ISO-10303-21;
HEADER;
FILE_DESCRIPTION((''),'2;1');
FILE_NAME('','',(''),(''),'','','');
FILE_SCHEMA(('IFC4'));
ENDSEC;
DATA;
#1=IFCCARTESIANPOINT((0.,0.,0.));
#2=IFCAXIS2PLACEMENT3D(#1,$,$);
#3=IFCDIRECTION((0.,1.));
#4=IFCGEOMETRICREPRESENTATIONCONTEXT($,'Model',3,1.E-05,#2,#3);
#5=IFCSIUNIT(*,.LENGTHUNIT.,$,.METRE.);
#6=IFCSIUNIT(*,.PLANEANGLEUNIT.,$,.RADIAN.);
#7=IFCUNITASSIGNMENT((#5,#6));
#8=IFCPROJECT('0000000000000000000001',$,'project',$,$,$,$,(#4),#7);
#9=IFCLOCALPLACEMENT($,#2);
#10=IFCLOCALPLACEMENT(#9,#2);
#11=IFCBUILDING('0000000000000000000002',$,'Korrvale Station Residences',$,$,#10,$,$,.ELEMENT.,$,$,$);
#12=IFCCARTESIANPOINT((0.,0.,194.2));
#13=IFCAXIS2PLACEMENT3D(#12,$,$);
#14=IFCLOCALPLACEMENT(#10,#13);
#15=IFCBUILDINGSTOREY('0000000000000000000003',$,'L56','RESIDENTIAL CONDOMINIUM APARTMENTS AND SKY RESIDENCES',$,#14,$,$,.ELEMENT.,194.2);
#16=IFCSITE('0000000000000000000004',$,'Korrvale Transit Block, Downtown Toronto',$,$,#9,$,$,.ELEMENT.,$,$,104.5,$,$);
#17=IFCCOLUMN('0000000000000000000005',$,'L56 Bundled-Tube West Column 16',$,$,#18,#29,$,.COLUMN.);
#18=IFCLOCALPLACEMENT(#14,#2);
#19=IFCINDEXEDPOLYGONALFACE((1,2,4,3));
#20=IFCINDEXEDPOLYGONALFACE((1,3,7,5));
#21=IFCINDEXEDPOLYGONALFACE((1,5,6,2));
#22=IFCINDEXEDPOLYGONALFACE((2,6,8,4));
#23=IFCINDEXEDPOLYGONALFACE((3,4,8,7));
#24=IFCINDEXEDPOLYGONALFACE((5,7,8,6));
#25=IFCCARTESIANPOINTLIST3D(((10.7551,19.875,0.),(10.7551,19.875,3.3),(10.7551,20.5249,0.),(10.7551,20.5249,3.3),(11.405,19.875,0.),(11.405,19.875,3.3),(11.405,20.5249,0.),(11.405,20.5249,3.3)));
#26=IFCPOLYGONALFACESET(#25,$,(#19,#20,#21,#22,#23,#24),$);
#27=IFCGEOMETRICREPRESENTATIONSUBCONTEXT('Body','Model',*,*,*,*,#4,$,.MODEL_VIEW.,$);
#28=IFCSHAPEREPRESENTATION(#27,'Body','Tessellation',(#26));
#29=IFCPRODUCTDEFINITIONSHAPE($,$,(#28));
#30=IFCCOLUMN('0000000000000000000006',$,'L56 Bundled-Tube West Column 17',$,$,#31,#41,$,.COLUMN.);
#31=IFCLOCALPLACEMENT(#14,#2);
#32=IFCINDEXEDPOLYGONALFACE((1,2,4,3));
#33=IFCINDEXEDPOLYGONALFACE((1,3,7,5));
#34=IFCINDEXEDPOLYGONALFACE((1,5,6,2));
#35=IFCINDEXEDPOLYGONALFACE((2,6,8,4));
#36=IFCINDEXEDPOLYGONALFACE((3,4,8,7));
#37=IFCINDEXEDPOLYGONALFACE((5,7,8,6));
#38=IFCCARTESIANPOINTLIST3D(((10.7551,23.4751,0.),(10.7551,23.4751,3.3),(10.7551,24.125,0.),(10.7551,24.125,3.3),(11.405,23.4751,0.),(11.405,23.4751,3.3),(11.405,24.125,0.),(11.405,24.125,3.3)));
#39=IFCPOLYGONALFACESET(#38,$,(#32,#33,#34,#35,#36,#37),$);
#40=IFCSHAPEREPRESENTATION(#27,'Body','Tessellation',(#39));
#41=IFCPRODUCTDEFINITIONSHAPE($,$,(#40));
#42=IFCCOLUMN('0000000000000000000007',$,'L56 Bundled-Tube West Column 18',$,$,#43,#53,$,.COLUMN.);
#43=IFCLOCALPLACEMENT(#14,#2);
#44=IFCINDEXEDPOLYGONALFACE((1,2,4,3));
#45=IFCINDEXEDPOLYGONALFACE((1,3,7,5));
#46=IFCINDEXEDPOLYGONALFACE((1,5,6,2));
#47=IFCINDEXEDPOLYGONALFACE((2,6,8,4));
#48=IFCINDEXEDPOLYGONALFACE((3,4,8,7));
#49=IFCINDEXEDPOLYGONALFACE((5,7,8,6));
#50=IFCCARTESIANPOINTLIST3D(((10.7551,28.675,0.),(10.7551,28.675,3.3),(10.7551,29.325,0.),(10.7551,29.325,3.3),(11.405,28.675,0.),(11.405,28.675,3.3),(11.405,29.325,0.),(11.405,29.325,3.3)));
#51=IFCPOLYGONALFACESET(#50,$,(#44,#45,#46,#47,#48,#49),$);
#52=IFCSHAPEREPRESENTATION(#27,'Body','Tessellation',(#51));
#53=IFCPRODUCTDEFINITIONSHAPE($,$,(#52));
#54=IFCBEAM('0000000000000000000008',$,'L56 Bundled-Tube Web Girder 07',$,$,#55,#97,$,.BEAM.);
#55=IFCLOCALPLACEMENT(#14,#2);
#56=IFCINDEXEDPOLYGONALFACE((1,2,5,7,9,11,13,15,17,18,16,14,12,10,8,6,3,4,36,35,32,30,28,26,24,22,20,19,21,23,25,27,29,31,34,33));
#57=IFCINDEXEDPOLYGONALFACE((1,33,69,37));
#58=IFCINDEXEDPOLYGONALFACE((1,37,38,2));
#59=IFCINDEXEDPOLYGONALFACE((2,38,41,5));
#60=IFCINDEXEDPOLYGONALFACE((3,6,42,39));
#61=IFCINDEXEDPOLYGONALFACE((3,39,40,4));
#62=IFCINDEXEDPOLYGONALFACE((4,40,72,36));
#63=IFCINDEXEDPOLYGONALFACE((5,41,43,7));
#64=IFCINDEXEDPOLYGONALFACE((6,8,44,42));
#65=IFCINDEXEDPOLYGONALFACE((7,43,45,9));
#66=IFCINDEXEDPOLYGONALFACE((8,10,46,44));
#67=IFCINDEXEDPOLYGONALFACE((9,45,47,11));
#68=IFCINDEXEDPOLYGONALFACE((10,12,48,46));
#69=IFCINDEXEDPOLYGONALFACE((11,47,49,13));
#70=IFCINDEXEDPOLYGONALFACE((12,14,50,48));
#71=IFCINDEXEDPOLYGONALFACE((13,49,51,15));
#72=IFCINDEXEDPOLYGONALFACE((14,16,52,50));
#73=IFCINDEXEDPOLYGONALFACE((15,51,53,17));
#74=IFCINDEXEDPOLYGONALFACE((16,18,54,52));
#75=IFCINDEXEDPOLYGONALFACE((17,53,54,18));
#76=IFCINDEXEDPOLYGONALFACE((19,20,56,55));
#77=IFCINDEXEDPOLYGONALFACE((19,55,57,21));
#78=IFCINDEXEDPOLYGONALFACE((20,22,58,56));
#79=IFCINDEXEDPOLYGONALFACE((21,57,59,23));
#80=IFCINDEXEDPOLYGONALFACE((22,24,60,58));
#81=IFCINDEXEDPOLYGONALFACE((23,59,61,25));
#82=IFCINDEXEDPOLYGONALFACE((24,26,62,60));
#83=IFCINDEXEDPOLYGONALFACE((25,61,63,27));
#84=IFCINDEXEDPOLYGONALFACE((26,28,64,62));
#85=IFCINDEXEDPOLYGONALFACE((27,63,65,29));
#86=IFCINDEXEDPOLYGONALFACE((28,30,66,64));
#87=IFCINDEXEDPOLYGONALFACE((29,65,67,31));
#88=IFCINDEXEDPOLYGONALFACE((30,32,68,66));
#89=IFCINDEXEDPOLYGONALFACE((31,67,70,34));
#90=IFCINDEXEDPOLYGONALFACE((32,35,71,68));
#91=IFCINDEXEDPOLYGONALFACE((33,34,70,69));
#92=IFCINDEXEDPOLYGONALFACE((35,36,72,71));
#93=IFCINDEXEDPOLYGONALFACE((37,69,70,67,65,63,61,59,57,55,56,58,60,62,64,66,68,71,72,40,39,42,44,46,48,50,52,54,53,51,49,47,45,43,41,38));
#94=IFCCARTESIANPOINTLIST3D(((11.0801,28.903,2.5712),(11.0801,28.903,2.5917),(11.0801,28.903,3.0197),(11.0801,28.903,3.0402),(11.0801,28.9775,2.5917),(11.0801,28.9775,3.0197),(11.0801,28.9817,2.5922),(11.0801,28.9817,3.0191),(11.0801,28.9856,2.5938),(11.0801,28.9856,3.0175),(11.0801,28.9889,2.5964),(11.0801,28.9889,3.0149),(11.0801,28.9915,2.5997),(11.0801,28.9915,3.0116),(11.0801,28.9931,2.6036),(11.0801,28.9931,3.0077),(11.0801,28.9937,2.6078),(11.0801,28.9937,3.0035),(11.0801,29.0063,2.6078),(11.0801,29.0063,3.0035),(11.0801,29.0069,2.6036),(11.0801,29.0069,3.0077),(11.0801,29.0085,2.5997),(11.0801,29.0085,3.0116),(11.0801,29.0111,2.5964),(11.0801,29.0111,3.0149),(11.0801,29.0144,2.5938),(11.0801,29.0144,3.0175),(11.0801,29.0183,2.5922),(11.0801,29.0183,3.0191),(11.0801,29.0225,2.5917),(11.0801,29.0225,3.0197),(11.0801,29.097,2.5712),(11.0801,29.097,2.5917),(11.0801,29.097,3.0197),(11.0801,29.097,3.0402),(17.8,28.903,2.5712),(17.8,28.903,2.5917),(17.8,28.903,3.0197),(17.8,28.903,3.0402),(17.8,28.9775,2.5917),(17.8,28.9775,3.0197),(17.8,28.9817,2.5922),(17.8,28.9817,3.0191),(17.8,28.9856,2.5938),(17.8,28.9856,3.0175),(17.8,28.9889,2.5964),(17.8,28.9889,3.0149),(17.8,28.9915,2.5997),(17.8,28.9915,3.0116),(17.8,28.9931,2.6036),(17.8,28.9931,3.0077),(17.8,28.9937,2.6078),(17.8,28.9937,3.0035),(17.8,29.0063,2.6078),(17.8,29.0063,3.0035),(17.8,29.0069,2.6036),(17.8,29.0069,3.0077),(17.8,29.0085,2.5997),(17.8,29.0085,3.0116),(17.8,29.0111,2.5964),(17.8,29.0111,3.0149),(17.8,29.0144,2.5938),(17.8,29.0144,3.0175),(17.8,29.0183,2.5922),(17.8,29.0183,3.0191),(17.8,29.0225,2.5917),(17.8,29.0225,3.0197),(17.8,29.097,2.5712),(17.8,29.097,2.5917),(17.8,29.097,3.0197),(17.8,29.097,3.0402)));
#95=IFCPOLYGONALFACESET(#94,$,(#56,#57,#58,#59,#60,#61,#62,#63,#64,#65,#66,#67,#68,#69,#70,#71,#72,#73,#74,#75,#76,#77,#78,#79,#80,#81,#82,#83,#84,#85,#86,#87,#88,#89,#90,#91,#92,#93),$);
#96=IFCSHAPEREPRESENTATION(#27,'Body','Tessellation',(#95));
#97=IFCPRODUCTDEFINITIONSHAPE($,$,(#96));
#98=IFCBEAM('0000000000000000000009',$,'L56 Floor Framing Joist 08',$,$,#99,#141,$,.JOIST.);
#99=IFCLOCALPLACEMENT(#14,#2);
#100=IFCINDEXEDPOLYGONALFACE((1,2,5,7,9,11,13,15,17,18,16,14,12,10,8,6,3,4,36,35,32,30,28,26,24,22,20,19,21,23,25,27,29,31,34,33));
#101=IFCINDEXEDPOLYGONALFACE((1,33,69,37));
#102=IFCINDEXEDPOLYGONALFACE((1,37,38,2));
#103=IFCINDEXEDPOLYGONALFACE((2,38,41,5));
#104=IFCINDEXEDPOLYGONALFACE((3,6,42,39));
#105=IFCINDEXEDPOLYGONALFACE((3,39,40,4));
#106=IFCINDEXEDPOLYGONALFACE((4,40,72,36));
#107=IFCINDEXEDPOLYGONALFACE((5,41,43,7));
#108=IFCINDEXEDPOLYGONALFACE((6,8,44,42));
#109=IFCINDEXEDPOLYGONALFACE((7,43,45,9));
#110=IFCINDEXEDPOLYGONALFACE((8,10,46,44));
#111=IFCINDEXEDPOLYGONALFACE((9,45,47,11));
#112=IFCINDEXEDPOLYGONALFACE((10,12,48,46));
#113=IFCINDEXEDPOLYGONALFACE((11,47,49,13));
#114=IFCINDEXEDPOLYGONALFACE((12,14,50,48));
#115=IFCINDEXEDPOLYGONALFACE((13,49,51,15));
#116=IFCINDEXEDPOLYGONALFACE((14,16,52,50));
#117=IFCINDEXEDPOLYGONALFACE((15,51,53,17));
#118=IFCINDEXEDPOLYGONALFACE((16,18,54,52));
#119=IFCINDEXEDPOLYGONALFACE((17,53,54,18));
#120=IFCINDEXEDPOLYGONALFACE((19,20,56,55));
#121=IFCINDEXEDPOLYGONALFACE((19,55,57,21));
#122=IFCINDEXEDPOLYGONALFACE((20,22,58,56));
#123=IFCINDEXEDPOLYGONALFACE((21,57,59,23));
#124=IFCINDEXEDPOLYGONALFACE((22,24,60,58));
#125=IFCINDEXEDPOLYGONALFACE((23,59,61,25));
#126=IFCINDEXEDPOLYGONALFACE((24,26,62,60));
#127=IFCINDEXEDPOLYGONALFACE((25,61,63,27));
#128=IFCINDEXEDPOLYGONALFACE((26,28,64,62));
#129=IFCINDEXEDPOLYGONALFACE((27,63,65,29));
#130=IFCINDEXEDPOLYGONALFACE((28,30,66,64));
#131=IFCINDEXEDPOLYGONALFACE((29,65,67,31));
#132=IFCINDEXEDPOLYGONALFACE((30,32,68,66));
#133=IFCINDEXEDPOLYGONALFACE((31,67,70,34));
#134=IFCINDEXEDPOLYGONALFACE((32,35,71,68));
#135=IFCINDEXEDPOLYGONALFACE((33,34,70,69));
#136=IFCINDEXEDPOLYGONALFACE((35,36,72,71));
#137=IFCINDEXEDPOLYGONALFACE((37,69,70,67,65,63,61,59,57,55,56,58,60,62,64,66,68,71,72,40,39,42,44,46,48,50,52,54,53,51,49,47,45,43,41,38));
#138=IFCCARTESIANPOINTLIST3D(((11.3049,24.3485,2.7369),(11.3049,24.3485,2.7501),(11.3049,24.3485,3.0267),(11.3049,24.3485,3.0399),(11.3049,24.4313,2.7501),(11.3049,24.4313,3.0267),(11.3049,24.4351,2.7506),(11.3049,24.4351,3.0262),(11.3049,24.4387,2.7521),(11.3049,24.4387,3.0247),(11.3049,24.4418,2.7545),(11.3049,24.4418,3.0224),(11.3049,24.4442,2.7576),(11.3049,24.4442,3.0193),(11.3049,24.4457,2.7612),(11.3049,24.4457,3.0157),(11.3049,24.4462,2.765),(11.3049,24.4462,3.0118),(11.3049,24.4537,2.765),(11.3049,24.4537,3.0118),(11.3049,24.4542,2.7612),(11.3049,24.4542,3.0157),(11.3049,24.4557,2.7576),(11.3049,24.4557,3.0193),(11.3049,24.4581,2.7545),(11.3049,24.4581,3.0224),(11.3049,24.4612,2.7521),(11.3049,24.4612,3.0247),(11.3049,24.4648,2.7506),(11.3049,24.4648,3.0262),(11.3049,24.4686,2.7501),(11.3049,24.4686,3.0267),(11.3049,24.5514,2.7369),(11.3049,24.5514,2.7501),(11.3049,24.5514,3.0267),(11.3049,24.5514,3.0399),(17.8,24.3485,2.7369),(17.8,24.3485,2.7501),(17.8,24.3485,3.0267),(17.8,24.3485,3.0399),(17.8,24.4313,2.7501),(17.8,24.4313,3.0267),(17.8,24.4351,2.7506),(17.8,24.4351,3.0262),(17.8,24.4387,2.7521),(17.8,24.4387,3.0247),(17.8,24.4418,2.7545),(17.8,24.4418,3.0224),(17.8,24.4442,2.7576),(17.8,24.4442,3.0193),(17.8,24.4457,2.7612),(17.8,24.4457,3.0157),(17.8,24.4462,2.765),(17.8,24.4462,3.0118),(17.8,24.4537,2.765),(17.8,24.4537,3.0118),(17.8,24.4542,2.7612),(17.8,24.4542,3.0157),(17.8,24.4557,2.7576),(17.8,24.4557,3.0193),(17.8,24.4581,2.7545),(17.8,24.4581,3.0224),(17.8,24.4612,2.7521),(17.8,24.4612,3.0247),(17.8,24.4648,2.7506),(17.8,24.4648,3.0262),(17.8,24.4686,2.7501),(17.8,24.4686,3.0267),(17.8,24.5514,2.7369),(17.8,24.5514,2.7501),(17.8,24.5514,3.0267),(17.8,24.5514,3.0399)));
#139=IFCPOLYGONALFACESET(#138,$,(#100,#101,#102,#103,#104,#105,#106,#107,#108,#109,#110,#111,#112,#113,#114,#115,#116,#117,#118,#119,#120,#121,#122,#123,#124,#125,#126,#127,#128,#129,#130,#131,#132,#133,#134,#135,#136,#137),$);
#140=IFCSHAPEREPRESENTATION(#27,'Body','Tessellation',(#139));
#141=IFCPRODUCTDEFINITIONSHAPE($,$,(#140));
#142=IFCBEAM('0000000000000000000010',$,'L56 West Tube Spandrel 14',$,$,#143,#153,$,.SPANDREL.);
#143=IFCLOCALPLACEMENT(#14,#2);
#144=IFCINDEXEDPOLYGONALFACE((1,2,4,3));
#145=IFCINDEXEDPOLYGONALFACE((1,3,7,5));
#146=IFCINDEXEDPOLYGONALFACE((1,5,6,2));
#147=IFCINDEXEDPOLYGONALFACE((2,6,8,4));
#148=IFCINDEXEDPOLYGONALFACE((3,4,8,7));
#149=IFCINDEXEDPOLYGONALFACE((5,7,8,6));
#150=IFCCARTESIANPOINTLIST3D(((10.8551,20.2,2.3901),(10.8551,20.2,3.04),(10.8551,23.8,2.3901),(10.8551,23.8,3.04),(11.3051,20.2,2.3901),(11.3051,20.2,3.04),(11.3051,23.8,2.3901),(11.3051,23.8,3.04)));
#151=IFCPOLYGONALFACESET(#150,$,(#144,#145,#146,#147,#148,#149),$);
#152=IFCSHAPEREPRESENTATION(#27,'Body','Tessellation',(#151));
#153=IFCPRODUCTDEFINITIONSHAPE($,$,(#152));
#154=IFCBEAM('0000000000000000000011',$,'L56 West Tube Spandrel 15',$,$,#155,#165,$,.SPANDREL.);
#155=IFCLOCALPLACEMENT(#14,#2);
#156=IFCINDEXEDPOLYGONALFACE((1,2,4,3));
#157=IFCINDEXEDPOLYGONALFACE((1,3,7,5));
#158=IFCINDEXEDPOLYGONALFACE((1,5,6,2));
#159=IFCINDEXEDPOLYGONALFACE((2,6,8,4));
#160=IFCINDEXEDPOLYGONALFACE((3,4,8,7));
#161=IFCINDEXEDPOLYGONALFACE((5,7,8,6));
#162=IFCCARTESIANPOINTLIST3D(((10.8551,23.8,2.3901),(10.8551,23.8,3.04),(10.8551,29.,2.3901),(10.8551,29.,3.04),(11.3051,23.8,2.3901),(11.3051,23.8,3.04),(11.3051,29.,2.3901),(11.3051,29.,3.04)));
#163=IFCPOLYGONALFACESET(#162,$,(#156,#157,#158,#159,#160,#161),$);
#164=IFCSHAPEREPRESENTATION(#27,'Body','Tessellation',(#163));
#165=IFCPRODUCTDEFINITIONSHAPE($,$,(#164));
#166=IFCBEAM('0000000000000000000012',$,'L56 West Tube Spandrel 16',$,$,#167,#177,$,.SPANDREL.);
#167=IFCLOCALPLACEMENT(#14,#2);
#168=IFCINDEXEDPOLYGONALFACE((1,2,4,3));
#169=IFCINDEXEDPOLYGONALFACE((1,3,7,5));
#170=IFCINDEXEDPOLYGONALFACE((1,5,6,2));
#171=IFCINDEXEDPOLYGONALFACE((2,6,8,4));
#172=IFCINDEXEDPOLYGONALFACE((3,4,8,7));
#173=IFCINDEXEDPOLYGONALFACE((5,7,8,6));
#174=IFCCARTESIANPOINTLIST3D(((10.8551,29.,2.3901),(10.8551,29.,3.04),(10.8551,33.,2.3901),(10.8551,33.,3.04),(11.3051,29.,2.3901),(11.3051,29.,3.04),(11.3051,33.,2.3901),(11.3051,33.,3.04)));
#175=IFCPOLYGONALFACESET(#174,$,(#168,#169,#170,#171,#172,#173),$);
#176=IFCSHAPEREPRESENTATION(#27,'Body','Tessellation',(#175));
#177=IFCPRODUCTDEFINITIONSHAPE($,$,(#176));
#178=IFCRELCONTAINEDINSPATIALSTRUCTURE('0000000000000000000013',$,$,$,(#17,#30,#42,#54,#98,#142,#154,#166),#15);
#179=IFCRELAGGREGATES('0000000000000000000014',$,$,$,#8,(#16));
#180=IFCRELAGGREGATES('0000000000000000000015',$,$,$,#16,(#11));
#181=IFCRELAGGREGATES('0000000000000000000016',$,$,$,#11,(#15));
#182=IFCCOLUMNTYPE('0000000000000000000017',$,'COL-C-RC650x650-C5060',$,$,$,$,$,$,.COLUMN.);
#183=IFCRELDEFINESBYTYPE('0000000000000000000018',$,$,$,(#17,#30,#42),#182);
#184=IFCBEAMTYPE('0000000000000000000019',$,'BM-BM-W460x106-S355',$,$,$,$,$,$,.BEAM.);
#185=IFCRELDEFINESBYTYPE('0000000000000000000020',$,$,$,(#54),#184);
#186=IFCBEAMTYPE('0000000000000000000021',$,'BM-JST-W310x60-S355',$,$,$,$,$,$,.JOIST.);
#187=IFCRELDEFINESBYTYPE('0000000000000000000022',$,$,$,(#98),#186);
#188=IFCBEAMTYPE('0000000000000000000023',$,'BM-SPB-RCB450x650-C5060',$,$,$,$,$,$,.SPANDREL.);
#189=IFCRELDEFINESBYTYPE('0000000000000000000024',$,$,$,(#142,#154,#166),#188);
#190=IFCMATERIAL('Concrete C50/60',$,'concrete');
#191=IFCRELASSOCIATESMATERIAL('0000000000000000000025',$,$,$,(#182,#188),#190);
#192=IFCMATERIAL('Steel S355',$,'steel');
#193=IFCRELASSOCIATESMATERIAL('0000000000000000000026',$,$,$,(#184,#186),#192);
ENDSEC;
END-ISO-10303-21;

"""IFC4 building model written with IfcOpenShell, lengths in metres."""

from ifc_helpers import new_model, si_unit, direction, frame, origin, origin_2d, place, context, subcontext, project, spatial, rectangle, i_section, extrude, material, material_profile, profile_set, type_object, element, save


model = new_model("IFC4")

# Units and contexts
model_context = context("Model", 3, precision=1e-05, world=origin(), true_north=direction((0.0, 1.0)))
body_context = subcontext(model_context, "Body", "Model", "MODEL_VIEW")
ifc_project = project(units=[si_unit("LENGTHUNIT", "METRE"), si_unit("PLANEANGLEUNIT", "RADIAN")], contexts=[model_context])

# Site, building, storey
site_placement = place(None, origin())
site = spatial("IfcSite", under=ifc_project, at=site_placement, Name="Korrvale Transit Block, Downtown Toronto", CompositionType="ELEMENT", RefElevation=104.5)
building_placement = place(site_placement, origin())
building = spatial("IfcBuilding", under=site, at=building_placement, Name="Korrvale Station Residences", CompositionType="ELEMENT")
storey_placement = place(building_placement, frame((0.0, 0.0, 194.2)))
storey = spatial("IfcBuildingStorey", under=building, at=storey_placement, Name="L56", Description="RESIDENTIAL CONDOMINIUM APARTMENTS AND SKY RESIDENCES", CompositionType="ELEMENT", Elevation=194.2)

# Columns
ifc_material_1 = material(Name="Concrete C50/60", Category="concrete")
ifc_material_profile_1 = material_profile(ifc_material_1, rectangle(XDim=0.6499, YDim=0.6499, at=origin_2d()), Name="RC650x650")
ifc_profile_set_1 = profile_set([ifc_material_profile_1], Name="Concrete C50/60")
column_type = type_object("IfcColumnType", Name="COL-C-RC650x650-C5060", PredefinedType="COLUMN", material=ifc_profile_set_1)
for number, where, z_axis, x_axis, name in (
    (1, (11.0801, 20.2, 0.0), (0.0, 0.0, 1.0), (1.0, 0.0, 0.0), "L56 Bundled-Tube West Column 16"),
    (2, (11.0801, 23.8, 0.0), (0.0, 0.0, 1.0), (1.0, 0.0, 0.0), "L56 Bundled-Tube West Column 17"),
    (3, (11.0801, 29.0, 0.0), (0.0, 0.0, 1.0), (1.0, 0.0, 0.0), "L56 Bundled-Tube West Column 18"),
):
    element("IfcColumn", number, at=place(storey_placement, frame(where, z_axis=z_axis, x_axis=x_axis)), inside=storey, type_object=column_type, Name=name, PredefinedType="COLUMN", context=body_context, shape_type="SweptSolid", body=[
        extrude(rectangle(XDim=0.6499, YDim=0.6499, at=origin_2d()), origin(), (0.0, 0.0, 1.0), 3.3),
    ])

# Beams
ifc_material_2 = material(Name="Steel S355", Category="steel")
ifc_material_profile_2 = material_profile(ifc_material_2, i_section(OverallWidth=0.1941, OverallDepth=0.469, WebThickness=0.0127, FlangeThickness=0.0205, FilletRadius=0.0161, at=origin_2d()), Name="W460x106")
ifc_profile_set_2 = profile_set([ifc_material_profile_2], Name="Steel S355")
beam_type_1 = type_object("IfcBeamType", Name="BM-BM-W460x106-S355", PredefinedType="BEAM", material=ifc_profile_set_2)
beam_1_placement = place(storey_placement, frame((11.0801, 29.0, 2.8057), z_axis=(1.0, 0.0, 0.0), x_axis=(0.0, 1.0, 0.0)))
element("IfcBeam", 4, at=beam_1_placement, inside=storey, type_object=beam_type_1, Name="L56 Bundled-Tube Web Girder 07", PredefinedType="BEAM", context=body_context, shape_type="SweptSolid", body=[
    extrude(i_section(OverallWidth=0.1941, OverallDepth=0.469, WebThickness=0.0127, FlangeThickness=0.0205, FilletRadius=0.0161, at=origin_2d()), origin(), (0.0, 0.0, 1.0), 6.72),
])
ifc_material_profile_3 = material_profile(ifc_material_2, i_section(OverallWidth=0.2029, OverallDepth=0.303, WebThickness=0.0076, FlangeThickness=0.0132, FilletRadius=0.0149, at=origin_2d()), Name="W310x60")
ifc_profile_set_3 = profile_set([ifc_material_profile_3], Name="Steel S355")
beam_type_2 = type_object("IfcBeamType", Name="BM-JST-W310x60-S355", PredefinedType="JOIST", material=ifc_profile_set_3)
beam_2_placement = place(storey_placement, frame((11.3049, 24.45, 2.8884), z_axis=(1.0, 0.0, 0.0), x_axis=(0.0, 1.0, 0.0)))
element("IfcBeam", 5, at=beam_2_placement, inside=storey, type_object=beam_type_2, Name="L56 Floor Framing Joist 08", PredefinedType="JOIST", context=body_context, shape_type="SweptSolid", body=[
    extrude(i_section(OverallWidth=0.2029, OverallDepth=0.303, WebThickness=0.0076, FlangeThickness=0.0132, FilletRadius=0.0149, at=origin_2d()), origin(), (0.0, 0.0, 1.0), 6.4951),
])
ifc_material_profile_4 = material_profile(ifc_material_1, rectangle(XDim=0.45, YDim=0.6499, at=origin_2d()), Name="RCB450x650")
ifc_profile_set_4 = profile_set([ifc_material_profile_4], Name="Concrete C50/60")
beam_type_3 = type_object("IfcBeamType", Name="BM-SPB-RCB450x650-C5060", PredefinedType="SPANDREL", material=ifc_profile_set_4)
beam_3_placement = place(storey_placement, frame((11.0801, 20.2, 2.7151), z_axis=(0.0, 1.0, 0.0), x_axis=(-1.0, 0.0, 0.0)))
element("IfcBeam", 6, at=beam_3_placement, inside=storey, type_object=beam_type_3, Name="L56 West Tube Spandrel 14", PredefinedType="SPANDREL", context=body_context, shape_type="SweptSolid", body=[
    extrude(rectangle(XDim=0.45, YDim=0.6499, at=origin_2d()), origin(), (0.0, 0.0, 1.0), 3.6001),
])
beam_4_placement = place(storey_placement, frame((11.0801, 23.8, 2.7151), z_axis=(0.0, 1.0, 0.0), x_axis=(-1.0, 0.0, 0.0)))
element("IfcBeam", 7, at=beam_4_placement, inside=storey, type_object=beam_type_3, Name="L56 West Tube Spandrel 15", PredefinedType="SPANDREL", context=body_context, shape_type="SweptSolid", body=[
    extrude(rectangle(XDim=0.45, YDim=0.6499, at=origin_2d()), origin(), (0.0, 0.0, 1.0), 5.2),
])
beam_5_placement = place(storey_placement, frame((11.0801, 29.0, 2.7151), z_axis=(0.0, 1.0, 0.0), x_axis=(-1.0, 0.0, 0.0)))
element("IfcBeam", 8, at=beam_5_placement, inside=storey, type_object=beam_type_3, Name="L56 West Tube Spandrel 16", PredefinedType="SPANDREL", context=body_context, shape_type="SweptSolid", body=[
    extrude(rectangle(XDim=0.45, YDim=0.6499, at=origin_2d()), origin(), (0.0, 0.0, 1.0), 4.0),
])

save(model, "model.ifc")
